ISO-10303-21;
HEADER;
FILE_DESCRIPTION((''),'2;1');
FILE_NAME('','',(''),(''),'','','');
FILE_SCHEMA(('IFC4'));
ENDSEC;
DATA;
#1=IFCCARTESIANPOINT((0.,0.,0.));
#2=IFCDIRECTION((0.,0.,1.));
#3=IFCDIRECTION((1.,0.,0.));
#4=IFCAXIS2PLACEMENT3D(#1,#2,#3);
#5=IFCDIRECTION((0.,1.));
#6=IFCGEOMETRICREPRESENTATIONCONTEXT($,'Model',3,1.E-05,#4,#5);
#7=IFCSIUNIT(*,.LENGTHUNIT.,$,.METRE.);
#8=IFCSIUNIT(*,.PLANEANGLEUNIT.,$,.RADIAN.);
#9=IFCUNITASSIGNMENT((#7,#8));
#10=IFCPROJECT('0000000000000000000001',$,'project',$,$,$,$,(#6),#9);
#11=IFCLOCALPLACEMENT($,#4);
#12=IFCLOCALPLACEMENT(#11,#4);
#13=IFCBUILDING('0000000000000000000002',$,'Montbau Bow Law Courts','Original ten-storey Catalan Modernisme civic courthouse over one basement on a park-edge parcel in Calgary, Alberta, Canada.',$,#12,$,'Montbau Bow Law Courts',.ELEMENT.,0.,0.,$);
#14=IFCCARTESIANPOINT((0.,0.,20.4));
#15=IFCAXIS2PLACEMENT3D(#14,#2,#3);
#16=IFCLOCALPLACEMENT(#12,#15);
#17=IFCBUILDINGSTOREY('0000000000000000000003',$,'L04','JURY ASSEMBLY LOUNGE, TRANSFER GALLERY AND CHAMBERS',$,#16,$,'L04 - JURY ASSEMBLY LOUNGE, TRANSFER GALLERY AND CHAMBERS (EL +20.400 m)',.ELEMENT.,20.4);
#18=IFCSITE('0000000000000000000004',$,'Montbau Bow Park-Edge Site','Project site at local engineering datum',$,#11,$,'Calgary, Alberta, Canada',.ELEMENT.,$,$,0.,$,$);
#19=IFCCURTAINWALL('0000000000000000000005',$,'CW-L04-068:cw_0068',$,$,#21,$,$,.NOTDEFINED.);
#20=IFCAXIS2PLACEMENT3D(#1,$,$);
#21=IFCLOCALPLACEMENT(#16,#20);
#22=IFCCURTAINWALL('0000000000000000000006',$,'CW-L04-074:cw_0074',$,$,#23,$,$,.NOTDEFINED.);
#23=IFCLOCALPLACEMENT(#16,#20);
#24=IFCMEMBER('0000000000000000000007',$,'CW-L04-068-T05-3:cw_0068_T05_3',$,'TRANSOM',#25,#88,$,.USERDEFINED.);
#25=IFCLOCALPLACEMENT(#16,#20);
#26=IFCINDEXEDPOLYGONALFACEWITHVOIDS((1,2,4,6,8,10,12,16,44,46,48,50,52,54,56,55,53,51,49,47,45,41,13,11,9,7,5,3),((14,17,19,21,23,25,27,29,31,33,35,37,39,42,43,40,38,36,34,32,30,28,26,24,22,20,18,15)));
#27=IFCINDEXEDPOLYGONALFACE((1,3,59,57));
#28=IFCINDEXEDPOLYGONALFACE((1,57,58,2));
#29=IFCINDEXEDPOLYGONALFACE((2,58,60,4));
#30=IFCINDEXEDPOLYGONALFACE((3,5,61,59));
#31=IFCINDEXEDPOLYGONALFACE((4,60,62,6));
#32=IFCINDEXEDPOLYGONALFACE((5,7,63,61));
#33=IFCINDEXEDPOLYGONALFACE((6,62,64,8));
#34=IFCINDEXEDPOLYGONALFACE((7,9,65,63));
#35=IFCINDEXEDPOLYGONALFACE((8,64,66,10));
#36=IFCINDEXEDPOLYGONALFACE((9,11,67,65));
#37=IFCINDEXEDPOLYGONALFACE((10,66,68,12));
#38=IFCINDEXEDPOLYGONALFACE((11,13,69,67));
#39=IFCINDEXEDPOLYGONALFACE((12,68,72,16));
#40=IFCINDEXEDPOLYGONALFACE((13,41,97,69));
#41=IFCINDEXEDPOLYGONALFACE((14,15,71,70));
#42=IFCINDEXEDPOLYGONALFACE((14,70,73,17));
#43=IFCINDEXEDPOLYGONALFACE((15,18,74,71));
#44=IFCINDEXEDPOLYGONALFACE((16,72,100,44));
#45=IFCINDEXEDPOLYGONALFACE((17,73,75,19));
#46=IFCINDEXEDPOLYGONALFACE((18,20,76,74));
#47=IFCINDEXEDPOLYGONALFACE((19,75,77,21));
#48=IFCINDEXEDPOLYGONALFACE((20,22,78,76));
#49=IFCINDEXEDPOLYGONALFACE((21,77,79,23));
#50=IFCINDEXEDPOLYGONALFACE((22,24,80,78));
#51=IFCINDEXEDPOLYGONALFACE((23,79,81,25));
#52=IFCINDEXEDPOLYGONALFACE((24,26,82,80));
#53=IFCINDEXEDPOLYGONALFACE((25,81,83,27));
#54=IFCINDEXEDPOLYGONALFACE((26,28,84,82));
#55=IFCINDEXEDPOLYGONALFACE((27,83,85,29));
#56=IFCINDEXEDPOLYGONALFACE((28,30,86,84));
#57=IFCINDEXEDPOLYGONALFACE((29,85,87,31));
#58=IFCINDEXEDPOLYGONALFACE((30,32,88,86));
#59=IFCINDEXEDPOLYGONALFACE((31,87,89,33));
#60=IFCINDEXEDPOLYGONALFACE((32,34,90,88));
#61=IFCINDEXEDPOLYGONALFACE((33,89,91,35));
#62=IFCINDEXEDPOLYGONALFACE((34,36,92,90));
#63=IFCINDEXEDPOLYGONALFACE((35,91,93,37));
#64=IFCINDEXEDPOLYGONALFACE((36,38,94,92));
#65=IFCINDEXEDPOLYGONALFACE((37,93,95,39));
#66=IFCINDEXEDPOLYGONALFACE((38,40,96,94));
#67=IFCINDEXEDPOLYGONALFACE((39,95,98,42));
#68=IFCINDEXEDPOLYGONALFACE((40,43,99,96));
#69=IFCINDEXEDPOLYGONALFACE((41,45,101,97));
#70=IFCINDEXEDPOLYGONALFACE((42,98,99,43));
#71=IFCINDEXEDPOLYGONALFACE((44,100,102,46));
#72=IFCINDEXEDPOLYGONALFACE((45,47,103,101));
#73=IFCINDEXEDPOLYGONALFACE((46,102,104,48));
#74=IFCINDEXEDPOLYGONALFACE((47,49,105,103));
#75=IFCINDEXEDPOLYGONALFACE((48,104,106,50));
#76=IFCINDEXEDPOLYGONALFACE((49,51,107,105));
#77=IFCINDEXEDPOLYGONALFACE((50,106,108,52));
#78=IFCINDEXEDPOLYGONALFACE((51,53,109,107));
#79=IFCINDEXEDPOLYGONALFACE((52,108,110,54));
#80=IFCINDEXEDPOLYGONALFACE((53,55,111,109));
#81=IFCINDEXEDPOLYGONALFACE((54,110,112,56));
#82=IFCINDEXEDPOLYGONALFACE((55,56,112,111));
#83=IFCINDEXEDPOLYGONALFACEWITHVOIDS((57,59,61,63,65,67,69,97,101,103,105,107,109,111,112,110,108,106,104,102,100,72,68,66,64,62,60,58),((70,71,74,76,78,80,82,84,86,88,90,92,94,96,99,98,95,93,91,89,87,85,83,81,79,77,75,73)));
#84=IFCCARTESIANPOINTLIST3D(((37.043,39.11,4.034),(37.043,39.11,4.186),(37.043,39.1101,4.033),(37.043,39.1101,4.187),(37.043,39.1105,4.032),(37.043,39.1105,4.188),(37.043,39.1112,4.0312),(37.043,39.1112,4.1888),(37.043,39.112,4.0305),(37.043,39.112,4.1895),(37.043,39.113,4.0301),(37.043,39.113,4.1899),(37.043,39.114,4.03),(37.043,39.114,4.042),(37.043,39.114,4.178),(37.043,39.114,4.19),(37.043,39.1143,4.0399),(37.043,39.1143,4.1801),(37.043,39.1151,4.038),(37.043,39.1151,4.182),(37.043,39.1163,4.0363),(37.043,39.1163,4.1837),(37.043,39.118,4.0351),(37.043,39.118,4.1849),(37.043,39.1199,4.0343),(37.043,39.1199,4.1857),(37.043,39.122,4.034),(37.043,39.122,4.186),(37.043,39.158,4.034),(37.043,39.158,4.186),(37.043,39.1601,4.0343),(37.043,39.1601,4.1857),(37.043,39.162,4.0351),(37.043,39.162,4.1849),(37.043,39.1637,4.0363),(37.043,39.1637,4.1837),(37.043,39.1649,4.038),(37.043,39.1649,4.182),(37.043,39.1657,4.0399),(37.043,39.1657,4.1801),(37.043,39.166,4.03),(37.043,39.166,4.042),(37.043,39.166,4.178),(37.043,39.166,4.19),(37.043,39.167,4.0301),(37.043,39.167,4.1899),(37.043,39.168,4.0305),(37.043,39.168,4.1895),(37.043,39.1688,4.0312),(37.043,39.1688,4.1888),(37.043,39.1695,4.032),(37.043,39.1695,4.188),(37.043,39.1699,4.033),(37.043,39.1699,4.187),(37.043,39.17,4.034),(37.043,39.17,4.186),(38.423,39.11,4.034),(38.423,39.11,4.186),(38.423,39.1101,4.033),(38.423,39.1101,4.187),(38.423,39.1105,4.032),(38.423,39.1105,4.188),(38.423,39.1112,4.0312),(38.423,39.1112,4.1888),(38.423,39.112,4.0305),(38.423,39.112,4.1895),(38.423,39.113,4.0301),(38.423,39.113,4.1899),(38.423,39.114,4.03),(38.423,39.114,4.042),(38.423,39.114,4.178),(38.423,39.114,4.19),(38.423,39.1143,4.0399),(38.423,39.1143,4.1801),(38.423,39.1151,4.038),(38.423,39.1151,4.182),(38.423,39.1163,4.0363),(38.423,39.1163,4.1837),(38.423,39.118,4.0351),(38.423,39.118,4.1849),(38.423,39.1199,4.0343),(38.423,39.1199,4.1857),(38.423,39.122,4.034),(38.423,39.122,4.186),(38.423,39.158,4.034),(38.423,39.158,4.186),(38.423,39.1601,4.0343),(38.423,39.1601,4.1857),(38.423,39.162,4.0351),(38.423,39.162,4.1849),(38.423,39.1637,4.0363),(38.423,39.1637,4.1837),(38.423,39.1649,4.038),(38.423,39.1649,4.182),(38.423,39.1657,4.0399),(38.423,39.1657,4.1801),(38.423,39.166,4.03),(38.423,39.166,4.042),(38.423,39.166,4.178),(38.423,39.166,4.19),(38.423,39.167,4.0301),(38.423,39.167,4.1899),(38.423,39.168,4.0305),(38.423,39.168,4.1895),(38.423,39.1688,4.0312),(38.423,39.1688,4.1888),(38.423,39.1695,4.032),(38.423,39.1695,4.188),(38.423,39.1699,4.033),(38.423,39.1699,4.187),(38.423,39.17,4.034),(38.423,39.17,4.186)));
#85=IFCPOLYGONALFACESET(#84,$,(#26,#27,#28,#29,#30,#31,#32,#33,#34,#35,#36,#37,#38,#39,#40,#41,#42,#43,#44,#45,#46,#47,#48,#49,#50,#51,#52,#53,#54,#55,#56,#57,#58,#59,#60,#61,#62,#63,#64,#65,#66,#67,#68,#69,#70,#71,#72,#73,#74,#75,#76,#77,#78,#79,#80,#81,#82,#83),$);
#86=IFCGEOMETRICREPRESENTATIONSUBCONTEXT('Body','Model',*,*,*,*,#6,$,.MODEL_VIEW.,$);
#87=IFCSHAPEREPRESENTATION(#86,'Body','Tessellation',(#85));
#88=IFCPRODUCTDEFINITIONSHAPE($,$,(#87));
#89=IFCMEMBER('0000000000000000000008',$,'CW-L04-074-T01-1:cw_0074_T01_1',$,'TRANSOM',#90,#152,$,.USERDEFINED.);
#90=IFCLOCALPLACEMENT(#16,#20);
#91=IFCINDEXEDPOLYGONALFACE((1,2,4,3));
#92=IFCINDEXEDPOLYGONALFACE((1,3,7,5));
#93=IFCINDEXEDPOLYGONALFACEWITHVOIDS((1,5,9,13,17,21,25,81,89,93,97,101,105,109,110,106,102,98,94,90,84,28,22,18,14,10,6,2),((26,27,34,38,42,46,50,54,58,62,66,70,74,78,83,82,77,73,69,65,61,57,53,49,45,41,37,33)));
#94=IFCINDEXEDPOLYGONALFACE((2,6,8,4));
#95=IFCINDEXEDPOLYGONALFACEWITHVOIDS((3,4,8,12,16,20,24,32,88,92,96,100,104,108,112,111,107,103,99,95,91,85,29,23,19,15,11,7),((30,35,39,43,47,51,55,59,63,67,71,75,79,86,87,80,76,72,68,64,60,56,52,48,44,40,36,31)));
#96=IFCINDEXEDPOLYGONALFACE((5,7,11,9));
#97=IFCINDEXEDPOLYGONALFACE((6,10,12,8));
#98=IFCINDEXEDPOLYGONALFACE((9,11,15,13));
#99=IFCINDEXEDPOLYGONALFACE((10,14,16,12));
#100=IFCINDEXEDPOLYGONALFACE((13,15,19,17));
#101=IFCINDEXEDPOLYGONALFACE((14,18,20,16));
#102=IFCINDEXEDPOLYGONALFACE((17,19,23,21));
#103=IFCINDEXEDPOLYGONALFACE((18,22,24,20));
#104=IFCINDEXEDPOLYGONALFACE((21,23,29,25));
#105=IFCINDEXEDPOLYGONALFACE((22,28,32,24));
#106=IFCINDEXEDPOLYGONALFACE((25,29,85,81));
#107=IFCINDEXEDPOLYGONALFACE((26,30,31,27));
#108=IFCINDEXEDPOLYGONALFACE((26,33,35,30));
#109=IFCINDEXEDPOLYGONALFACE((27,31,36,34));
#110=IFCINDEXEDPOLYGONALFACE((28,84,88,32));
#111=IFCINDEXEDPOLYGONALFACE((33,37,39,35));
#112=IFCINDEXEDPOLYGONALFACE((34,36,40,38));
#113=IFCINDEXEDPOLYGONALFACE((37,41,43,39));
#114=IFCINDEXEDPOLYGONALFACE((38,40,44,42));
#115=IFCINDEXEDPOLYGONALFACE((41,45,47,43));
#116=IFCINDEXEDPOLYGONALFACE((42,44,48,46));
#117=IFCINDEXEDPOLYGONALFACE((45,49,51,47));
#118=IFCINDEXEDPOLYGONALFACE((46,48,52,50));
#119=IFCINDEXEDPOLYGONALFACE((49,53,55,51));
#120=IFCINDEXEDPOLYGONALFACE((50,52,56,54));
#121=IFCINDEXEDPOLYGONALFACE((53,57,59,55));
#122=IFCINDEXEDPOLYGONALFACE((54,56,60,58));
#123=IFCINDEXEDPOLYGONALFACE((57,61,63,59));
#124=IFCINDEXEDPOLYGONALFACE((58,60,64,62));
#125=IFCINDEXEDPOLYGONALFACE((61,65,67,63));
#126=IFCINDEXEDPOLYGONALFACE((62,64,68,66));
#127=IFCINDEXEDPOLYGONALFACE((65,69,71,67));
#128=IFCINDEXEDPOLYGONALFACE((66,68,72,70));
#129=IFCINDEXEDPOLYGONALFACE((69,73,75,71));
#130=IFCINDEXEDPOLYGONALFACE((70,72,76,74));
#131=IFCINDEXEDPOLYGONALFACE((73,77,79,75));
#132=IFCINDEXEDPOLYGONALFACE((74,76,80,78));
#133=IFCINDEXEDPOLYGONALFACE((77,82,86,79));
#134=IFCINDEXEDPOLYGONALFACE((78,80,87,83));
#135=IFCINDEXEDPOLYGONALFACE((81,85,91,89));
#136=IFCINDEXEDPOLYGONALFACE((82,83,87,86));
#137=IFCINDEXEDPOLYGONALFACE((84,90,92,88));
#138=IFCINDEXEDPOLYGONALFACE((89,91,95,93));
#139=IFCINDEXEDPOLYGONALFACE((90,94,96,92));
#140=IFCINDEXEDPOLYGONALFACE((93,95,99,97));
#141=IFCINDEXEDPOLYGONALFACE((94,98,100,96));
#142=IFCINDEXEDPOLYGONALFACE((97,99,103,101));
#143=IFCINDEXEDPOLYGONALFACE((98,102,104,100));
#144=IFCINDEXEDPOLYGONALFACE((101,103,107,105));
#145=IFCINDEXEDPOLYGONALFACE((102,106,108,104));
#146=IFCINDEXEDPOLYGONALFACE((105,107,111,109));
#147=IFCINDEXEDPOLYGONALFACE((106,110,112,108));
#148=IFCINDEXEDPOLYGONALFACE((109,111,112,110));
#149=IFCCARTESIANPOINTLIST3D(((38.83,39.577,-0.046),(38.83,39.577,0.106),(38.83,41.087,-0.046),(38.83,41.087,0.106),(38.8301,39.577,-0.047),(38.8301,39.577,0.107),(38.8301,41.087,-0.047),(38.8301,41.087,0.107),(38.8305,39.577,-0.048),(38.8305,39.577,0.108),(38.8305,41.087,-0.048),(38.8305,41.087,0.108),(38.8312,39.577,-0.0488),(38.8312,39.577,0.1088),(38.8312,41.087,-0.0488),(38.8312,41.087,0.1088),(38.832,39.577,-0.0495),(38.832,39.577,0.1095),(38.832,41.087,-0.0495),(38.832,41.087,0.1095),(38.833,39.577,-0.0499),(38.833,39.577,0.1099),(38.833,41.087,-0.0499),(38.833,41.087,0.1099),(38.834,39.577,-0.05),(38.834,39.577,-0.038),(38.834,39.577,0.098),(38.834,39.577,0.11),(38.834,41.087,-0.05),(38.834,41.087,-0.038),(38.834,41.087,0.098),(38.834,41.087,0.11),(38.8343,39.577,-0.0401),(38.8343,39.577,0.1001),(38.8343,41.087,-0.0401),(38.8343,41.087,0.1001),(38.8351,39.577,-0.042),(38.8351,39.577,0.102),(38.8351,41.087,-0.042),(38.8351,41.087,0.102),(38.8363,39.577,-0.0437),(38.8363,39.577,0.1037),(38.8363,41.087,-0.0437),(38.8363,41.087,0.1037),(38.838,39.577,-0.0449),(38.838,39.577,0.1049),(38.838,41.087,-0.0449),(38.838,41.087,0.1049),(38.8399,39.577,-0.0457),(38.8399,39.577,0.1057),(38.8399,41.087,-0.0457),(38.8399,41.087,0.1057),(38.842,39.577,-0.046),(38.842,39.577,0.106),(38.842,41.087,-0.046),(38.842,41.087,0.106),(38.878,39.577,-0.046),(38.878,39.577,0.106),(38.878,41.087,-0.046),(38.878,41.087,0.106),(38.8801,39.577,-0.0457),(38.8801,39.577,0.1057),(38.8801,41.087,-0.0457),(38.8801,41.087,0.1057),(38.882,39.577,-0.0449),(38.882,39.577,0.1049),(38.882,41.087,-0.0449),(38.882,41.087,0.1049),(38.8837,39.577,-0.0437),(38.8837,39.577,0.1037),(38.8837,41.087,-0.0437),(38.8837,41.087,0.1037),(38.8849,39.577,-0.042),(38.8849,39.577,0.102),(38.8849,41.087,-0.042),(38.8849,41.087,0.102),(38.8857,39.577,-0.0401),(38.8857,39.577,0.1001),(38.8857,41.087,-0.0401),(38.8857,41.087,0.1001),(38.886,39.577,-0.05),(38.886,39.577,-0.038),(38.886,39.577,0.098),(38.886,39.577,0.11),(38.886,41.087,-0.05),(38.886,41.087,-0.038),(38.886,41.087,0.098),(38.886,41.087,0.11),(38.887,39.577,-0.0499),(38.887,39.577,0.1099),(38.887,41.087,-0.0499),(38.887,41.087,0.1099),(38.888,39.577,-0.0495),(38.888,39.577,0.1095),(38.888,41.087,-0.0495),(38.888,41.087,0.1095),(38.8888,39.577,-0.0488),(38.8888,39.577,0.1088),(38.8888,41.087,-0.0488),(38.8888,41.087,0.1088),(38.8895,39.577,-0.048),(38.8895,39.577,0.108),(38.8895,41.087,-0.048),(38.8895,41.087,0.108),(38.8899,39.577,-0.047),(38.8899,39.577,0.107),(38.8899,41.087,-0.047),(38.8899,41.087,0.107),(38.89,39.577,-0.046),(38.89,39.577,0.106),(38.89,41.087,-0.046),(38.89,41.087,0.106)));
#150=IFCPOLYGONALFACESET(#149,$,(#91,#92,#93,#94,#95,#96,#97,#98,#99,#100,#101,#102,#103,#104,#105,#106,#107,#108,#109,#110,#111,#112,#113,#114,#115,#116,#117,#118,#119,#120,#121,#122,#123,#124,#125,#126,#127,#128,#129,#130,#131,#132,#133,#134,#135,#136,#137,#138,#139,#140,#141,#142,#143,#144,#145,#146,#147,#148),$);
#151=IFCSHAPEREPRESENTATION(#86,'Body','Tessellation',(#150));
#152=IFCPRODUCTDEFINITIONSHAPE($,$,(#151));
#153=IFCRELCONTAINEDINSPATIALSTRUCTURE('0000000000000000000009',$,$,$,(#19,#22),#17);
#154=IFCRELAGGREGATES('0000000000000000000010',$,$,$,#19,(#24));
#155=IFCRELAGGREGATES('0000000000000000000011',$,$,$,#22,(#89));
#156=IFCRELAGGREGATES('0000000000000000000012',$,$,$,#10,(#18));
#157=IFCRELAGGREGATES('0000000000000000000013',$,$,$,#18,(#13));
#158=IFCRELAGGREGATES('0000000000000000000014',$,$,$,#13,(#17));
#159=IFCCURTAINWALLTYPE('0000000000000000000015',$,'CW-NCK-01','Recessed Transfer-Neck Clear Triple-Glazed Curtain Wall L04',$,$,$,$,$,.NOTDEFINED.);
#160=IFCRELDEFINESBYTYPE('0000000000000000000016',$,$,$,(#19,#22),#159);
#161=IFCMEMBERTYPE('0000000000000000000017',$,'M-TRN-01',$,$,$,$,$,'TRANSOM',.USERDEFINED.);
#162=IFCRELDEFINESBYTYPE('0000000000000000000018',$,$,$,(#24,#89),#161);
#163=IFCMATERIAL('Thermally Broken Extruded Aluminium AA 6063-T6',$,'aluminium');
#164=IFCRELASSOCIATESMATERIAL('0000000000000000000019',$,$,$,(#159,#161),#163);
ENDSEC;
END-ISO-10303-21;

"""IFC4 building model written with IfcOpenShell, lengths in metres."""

from ifc_helpers import new_model, si_unit, direction, frame, origin_with_axes, origin_2d_with_axis, place, context, subcontext, project, spatial, hollow_rectangle, extrude, material, material_profile, profile_set, type_object, element, aggregate, save


model = new_model("IFC4")

# Units and contexts
model_context = context("Model", 3, precision=1e-05, world=origin_with_axes(), true_north=direction((0.0, 1.0)))
body_context = subcontext(model_context, "Body", "Model", "MODEL_VIEW")
ifc_project = project(units=[si_unit("LENGTHUNIT", "METRE"), si_unit("PLANEANGLEUNIT", "RADIAN")], contexts=[model_context])

# Site, building, storey
site_placement = place(None, origin_with_axes())
site = spatial("IfcSite", under=ifc_project, at=site_placement, Name="Montbau Bow Park-Edge Site", Description="Project site at local engineering datum", LongName="Calgary, Alberta, Canada", CompositionType="ELEMENT", RefElevation=0.0)
building_placement = place(site_placement, origin_with_axes())
building = spatial("IfcBuilding", under=site, at=building_placement, Name="Montbau Bow Law Courts", Description="Original ten-storey Catalan Modernisme civic courthouse over one basement on a park-edge parcel in Calgary, Alberta, Canada.", LongName="Montbau Bow Law Courts", CompositionType="ELEMENT", ElevationOfRefHeight=0.0, ElevationOfTerrain=0.0)
storey_placement = place(building_placement, frame((0.0, 0.0, 20.4), z_axis=(0.0, 0.0, 1.0), x_axis=(1.0, 0.0, 0.0)))
storey = spatial("IfcBuildingStorey", under=building, at=storey_placement, Name="L04", Description="JURY ASSEMBLY LOUNGE, TRANSFER GALLERY AND CHAMBERS", LongName="L04 - JURY ASSEMBLY LOUNGE, TRANSFER GALLERY AND CHAMBERS (EL +20.400 m)", CompositionType="ELEMENT", Elevation=20.4)

# Curtain wall
ifc_material_1 = material(Name="Thermally Broken Extruded Aluminium AA 6063-T6", Category="aluminium")
curtain_wall_type = type_object("IfcCurtainWallType", Name="CW-NCK-01", Description="Recessed Transfer-Neck Clear Triple-Glazed Curtain Wall L04", PredefinedType="NOTDEFINED", material=ifc_material_1)
curtain_wall_1_placement = place(None, frame((31.115, 39.14, 20.4), z_axis=(0.0, 0.0, 1.0), x_axis=(1.0, 0.0, 0.0)))
curtain_wall_1 = element("IfcCurtainWall", 1, at=curtain_wall_1_placement, inside=storey, type_object=curtain_wall_type, Name="CW-L04-068:cw_0068", PredefinedType="NOTDEFINED")

# Curtain wall
curtain_wall_2_placement = place(None, frame((38.86, 39.515, 20.4), z_axis=(0.0, 0.0, 1.0), x_axis=(1.0, 0.0, 0.0)))
curtain_wall_2 = element("IfcCurtainWall", 2, at=curtain_wall_2_placement, inside=storey, type_object=curtain_wall_type, Name="CW-L04-074:cw_0074", PredefinedType="NOTDEFINED")

# Members
ifc_material_profile_1 = material_profile(ifc_material_1, hollow_rectangle(XDim=0.06, YDim=0.16, WallThickness=0.004, InnerFilletRadius=0.008, OuterFilletRadius=0.004, at=origin_2d_with_axis()), Name="CWT-160X60", Category="Main", Priority=0)
ifc_profile_set_1 = profile_set([ifc_material_profile_1], Name="Thermally Broken Extruded Aluminium AA 6063-T6")
member_type_1 = type_object("IfcMemberType", Name="M-TRN-01", ElementType="TRANSOM", PredefinedType="USERDEFINED", material=ifc_profile_set_1)
member_1_placement = place(None, frame((37.043, 39.14, 24.51), z_axis=(1.0, 0.0, 0.0), x_axis=(0.0, 1.0, 0.0)))
member_1 = element("IfcMember", 3, at=member_1_placement, type_object=member_type_1, Name="CW-L04-068-T05-3:cw_0068_T05_3", ObjectType="TRANSOM", PredefinedType="USERDEFINED", context=body_context, shape_type="SweptSolid", body=[
    extrude(hollow_rectangle(XDim=0.06, YDim=0.16, WallThickness=0.004, InnerFilletRadius=0.008, OuterFilletRadius=0.004, at=origin_2d_with_axis()), origin_with_axes(), (0.0, 0.0, 1.0), 1.38),
])
aggregate(curtain_wall_1, [member_1])
member_2_placement = place(None, frame((38.86, 39.577, 20.43), z_axis=(0.0, 1.0, 0.0), x_axis=(-1.0, 0.0, 0.0)))
member_2 = element("IfcMember", 4, at=member_2_placement, type_object=member_type_1, Name="CW-L04-074-T01-1:cw_0074_T01_1", ObjectType="TRANSOM", PredefinedType="USERDEFINED", context=body_context, shape_type="SweptSolid", body=[
    extrude(hollow_rectangle(XDim=0.06, YDim=0.16, WallThickness=0.004, InnerFilletRadius=0.008, OuterFilletRadius=0.004, at=origin_2d_with_axis()), origin_with_axes(), (0.0, 0.0, 1.0), 1.51),
])

aggregate(curtain_wall_2, [member_2])

save(model, "model.ifc")
